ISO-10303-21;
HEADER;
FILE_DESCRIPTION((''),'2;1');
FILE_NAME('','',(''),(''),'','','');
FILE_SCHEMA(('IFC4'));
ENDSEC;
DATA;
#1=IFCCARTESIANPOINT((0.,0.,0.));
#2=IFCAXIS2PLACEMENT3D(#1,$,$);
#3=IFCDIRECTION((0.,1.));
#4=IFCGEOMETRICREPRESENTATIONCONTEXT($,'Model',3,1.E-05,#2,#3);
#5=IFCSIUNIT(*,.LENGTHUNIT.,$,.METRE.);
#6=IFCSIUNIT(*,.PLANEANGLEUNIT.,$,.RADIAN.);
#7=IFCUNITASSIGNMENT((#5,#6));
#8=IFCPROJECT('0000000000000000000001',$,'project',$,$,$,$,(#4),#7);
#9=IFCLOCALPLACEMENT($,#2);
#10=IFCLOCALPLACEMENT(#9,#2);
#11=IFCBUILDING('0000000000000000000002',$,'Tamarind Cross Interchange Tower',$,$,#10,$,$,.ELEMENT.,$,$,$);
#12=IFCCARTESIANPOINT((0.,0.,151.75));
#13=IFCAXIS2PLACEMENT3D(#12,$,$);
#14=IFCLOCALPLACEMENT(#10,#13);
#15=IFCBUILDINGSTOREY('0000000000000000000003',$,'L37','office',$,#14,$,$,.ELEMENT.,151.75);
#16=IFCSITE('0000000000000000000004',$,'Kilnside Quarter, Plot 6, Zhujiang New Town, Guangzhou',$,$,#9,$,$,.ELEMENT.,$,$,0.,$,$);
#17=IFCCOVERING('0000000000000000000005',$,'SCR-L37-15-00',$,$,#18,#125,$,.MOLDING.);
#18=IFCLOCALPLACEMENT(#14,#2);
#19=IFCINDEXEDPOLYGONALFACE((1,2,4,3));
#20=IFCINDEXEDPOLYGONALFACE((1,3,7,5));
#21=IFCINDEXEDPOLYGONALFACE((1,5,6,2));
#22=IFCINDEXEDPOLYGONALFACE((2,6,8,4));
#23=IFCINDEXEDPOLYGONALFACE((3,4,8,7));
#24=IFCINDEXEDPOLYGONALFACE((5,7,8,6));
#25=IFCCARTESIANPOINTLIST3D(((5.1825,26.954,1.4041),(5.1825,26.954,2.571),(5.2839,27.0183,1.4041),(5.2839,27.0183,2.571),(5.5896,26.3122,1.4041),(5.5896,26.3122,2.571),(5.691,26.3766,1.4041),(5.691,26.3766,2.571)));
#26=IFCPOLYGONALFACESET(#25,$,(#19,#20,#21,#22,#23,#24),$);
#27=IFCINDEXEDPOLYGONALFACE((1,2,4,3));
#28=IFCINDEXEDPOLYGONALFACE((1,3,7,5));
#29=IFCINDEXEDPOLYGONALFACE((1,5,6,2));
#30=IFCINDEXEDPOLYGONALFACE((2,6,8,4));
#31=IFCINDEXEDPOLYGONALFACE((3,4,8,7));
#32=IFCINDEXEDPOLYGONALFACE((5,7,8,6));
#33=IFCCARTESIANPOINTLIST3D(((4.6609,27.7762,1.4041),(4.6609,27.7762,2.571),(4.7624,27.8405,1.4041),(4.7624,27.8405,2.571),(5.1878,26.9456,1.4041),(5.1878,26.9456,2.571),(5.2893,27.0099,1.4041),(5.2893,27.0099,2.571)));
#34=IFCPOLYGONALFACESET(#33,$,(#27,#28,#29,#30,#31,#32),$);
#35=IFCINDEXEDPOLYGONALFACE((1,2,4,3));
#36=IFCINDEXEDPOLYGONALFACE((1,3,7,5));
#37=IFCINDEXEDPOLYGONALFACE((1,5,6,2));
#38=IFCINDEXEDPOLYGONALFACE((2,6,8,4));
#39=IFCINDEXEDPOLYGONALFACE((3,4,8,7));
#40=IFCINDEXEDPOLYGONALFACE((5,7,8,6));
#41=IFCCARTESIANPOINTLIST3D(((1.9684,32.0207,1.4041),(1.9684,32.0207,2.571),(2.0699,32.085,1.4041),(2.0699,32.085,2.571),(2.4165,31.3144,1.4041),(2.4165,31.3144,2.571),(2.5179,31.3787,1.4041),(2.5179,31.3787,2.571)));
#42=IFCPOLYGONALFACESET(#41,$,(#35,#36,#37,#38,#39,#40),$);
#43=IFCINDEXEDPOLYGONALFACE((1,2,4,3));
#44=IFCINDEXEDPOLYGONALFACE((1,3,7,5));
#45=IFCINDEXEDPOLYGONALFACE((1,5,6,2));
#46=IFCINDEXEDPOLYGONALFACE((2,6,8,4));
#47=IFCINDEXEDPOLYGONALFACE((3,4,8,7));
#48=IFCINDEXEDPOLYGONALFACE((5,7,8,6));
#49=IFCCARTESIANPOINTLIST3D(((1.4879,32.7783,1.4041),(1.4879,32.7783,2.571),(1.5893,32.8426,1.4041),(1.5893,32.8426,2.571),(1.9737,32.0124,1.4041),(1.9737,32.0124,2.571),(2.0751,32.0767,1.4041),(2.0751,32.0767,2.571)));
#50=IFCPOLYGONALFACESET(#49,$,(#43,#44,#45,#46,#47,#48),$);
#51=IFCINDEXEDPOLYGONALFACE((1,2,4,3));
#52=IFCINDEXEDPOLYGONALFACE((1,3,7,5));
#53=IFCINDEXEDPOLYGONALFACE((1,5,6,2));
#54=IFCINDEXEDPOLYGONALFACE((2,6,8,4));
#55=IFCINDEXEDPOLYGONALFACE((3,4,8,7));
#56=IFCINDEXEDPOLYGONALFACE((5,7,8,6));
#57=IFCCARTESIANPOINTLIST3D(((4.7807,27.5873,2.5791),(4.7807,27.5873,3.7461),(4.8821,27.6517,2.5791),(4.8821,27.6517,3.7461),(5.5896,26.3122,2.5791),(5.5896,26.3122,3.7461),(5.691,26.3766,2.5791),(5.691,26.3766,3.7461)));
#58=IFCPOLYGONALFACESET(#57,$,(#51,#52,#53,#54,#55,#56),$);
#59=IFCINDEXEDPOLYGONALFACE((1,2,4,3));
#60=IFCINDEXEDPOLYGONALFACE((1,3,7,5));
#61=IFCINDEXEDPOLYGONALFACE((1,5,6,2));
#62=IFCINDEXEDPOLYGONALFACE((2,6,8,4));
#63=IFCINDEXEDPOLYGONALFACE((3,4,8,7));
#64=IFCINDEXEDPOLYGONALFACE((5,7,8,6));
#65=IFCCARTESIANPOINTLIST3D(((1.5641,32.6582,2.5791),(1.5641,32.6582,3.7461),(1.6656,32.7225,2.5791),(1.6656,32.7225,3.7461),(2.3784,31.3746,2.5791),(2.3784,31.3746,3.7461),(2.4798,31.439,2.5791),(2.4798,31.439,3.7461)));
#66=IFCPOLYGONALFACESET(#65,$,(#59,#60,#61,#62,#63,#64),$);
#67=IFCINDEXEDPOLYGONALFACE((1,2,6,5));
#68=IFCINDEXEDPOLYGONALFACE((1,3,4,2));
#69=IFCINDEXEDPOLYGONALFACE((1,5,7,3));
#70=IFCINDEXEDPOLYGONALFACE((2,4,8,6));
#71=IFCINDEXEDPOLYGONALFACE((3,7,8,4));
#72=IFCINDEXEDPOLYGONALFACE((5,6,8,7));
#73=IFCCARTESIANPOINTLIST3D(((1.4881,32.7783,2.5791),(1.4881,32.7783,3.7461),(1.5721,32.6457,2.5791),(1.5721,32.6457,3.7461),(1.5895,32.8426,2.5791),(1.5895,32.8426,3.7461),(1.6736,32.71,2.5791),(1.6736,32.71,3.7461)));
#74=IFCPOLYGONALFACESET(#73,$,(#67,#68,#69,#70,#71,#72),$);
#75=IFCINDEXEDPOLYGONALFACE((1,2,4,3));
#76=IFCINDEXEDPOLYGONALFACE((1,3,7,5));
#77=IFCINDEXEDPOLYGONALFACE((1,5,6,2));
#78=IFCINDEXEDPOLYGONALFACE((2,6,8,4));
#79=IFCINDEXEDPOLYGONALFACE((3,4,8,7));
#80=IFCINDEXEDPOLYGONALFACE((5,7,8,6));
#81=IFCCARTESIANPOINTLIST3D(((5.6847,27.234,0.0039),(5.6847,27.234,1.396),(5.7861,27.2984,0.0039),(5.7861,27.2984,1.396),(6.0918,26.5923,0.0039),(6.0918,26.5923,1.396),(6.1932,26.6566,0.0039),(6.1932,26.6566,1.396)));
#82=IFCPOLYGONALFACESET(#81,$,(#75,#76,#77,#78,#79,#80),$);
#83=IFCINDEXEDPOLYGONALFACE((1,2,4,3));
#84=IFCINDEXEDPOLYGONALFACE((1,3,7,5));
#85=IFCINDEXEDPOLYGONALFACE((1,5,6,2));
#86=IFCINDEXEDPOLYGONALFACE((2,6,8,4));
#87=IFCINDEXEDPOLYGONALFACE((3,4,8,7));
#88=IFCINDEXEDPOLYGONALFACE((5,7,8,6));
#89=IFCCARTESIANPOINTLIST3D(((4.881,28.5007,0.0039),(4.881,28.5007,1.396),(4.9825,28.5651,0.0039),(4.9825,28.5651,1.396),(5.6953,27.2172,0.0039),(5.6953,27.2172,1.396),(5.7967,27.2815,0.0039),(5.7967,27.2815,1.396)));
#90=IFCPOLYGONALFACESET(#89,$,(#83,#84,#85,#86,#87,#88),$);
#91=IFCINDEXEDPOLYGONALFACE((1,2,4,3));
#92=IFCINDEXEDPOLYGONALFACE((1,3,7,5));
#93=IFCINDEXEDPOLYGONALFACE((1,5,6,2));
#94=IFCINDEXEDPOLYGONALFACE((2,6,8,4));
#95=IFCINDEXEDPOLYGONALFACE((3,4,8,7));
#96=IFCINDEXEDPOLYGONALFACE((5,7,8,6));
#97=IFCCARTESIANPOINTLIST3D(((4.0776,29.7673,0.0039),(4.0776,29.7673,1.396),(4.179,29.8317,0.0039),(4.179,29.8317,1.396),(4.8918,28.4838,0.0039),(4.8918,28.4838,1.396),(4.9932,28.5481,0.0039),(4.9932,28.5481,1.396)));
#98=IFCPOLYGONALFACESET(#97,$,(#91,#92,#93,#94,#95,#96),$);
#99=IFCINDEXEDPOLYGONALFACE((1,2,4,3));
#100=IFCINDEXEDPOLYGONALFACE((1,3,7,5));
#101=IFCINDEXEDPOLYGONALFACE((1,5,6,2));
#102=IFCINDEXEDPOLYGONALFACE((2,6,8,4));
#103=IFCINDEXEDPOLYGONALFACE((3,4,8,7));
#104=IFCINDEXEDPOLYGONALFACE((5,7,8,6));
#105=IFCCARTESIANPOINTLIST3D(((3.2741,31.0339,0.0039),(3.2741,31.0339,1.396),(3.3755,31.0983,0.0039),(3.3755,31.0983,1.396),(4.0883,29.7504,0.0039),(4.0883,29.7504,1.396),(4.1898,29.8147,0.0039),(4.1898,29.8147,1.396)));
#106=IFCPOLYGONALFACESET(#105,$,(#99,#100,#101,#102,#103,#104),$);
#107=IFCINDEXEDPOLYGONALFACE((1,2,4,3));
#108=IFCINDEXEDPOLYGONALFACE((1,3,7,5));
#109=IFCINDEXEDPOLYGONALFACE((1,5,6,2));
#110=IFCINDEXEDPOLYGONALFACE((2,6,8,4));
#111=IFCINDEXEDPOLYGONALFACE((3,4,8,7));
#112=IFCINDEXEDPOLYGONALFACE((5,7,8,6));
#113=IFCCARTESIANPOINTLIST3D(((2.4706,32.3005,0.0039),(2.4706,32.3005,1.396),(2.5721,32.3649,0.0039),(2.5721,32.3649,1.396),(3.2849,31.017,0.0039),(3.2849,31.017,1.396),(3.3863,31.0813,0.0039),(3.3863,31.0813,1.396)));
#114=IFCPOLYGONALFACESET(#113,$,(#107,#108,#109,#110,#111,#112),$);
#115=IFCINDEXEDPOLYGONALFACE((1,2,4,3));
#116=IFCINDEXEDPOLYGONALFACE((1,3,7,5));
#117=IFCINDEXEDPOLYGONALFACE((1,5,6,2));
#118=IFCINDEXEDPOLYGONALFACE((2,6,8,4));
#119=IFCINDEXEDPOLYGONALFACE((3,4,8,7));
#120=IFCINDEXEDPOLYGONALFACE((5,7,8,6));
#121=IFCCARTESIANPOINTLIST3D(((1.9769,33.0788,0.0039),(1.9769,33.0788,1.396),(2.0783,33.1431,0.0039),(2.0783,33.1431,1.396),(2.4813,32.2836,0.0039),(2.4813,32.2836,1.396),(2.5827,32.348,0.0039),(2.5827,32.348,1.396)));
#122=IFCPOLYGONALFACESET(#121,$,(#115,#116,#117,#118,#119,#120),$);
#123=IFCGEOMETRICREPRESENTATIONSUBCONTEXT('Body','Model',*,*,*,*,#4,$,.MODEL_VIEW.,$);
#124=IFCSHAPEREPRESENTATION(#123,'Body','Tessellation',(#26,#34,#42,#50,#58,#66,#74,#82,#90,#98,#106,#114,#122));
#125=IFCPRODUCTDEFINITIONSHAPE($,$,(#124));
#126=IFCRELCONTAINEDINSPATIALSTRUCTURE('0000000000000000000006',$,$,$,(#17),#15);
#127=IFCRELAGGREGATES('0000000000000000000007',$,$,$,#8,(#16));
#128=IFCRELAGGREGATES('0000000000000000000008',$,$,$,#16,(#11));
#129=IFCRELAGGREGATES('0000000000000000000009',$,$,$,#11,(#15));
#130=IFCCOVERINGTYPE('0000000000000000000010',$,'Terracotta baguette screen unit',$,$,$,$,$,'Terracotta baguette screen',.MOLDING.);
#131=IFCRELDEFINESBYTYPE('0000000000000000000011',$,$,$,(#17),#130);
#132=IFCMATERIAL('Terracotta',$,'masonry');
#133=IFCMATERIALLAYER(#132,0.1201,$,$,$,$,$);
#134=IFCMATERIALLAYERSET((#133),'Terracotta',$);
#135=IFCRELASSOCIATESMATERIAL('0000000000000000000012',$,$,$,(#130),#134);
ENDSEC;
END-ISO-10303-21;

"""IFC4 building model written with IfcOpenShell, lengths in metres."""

from ifc_helpers import new_model, si_unit, direction, frame, origin, origin_2d, place, context, subcontext, project, spatial, rectangle, extrude, material, layer, layer_set, type_object, element, save


model = new_model("IFC4")

# Units and contexts
model_context = context("Model", 3, precision=1e-05, world=origin(), true_north=direction((0.0, 1.0)))
body_context = subcontext(model_context, "Body", "Model", "MODEL_VIEW")
ifc_project = project(units=[si_unit("LENGTHUNIT", "METRE"), si_unit("PLANEANGLEUNIT", "RADIAN")], contexts=[model_context])

# Site, building, storey
site_placement = place(None, origin())
site = spatial("IfcSite", under=ifc_project, at=site_placement, Name="Kilnside Quarter, Plot 6, Zhujiang New Town, Guangzhou", CompositionType="ELEMENT", RefElevation=0.0)
building_placement = place(site_placement, origin())
building = spatial("IfcBuilding", under=site, at=building_placement, Name="Tamarind Cross Interchange Tower", CompositionType="ELEMENT")
storey_placement = place(building_placement, frame((0.0, 0.0, 151.75)))
storey = spatial("IfcBuildingStorey", under=building, at=storey_placement, Name="L37", Description="office", CompositionType="ELEMENT", Elevation=151.75)

# Covering
ifc_material_1 = material(Name="Terracotta", Category="masonry")
ifc_layer_1 = layer(ifc_material_1, 0.1201)
ifc_layer_set_1 = layer_set([ifc_layer_1], Name="Terracotta")
covering_type = type_object("IfcCoveringType", Name="Terracotta baguette screen unit", ElementType="Terracotta baguette screen", PredefinedType="MOLDING", material=ifc_layer_set_1)
covering_1_placement = place(storey_placement, origin())
element("IfcCovering", 1, at=covering_1_placement, inside=storey, type_object=covering_type, Name="SCR-L37-15-00", PredefinedType="MOLDING", context=body_context, shape_type="SweptSolid", body=[
    extrude(rectangle(XDim=0.76, YDim=0.1201, at=origin_2d()), frame((5.4368, 26.6653, 1.4041), z_axis=(0.0, 0.0, 1.0), x_axis=(-0.535662, 0.844433, 0.0)), (0.0, 0.0, 1.0), 1.167),
    extrude(rectangle(XDim=0.9836, YDim=0.1201, at=origin_2d()), frame((4.9751, 27.3931, 1.4041), z_axis=(0.0, 0.0, 1.0), x_axis=(-0.535662, 0.844433, 0.0)), (0.0, 0.0, 1.0), 1.167),
    extrude(rectangle(XDim=0.8364, YDim=0.1201, at=origin_2d()), frame((2.2432, 31.6997, 1.4041), z_axis=(0.0, 0.0, 1.0), x_axis=(-0.535662, 0.844433, 0.0)), (0.0, 0.0, 1.0), 1.167),
    extrude(rectangle(XDim=0.907, YDim=0.1201, at=origin_2d()), frame((1.7815, 32.4275, 1.4041), z_axis=(0.0, 0.0, 1.0), x_axis=(-0.535662, 0.844433, 0.0)), (0.0, 0.0, 1.0), 1.167),
    extrude(rectangle(XDim=1.51, YDim=0.1201, at=origin_2d()), frame((5.2358, 26.9819, 2.5791), z_axis=(0.0, 0.0, 1.0), x_axis=(-0.535662, 0.844433, 0.0)), (0.0, 0.0, 1.0), 1.167),
    extrude(rectangle(XDim=1.52, YDim=0.1201, at=origin_2d()), frame((2.022, 32.0486, 2.5791), z_axis=(0.0, 0.0, 1.0), x_axis=(-0.535662, 0.844433, 0.0)), (0.0, 0.0, 1.0), 1.167),
    extrude(rectangle(XDim=0.157, YDim=0.1201, at=origin_2d()), frame((1.5808, 32.7441, 2.5791), z_axis=(0.0, 0.0, 1.0), x_axis=(-0.535662, 0.844433, 0.0)), (0.0, 0.0, 1.0), 1.167),
    extrude(rectangle(XDim=0.76, YDim=0.1201, at=origin_2d()), frame((5.939, 26.9453, 0.0039), z_axis=(0.0, 0.0, 1.0), x_axis=(-0.535662, 0.844433, 0.0)), (0.0, 0.0, 1.0), 1.3921),
    extrude(rectangle(XDim=1.52, YDim=0.1201, at=origin_2d()), frame((5.3389, 27.8911, 0.0039), z_axis=(0.0, 0.0, 1.0), x_axis=(-0.535662, 0.844433, 0.0)), (0.0, 0.0, 1.0), 1.3921),
    extrude(rectangle(XDim=1.52, YDim=0.1201, at=origin_2d()), frame((4.5354, 29.1577, 0.0039), z_axis=(0.0, 0.0, 1.0), x_axis=(-0.535662, 0.844433, 0.0)), (0.0, 0.0, 1.0), 1.3921),
    extrude(rectangle(XDim=1.52, YDim=0.1201, at=origin_2d()), frame((3.7319, 30.4243, 0.0039), z_axis=(0.0, 0.0, 1.0), x_axis=(-0.535662, 0.844433, 0.0)), (0.0, 0.0, 1.0), 1.3921),
    extrude(rectangle(XDim=1.52, YDim=0.1201, at=origin_2d()), frame((2.9285, 31.6909, 0.0039), z_axis=(0.0, 0.0, 1.0), x_axis=(-0.535662, 0.844433, 0.0)), (0.0, 0.0, 1.0), 1.3921),
    extrude(rectangle(XDim=0.9417, YDim=0.1201, at=origin_2d()), frame((2.2798, 32.7134, 0.0039), z_axis=(0.0, 0.0, 1.0), x_axis=(-0.535662, 0.844433, 0.0)), (0.0, 0.0, 1.0), 1.3921),
])

save(model, "model.ifc")
